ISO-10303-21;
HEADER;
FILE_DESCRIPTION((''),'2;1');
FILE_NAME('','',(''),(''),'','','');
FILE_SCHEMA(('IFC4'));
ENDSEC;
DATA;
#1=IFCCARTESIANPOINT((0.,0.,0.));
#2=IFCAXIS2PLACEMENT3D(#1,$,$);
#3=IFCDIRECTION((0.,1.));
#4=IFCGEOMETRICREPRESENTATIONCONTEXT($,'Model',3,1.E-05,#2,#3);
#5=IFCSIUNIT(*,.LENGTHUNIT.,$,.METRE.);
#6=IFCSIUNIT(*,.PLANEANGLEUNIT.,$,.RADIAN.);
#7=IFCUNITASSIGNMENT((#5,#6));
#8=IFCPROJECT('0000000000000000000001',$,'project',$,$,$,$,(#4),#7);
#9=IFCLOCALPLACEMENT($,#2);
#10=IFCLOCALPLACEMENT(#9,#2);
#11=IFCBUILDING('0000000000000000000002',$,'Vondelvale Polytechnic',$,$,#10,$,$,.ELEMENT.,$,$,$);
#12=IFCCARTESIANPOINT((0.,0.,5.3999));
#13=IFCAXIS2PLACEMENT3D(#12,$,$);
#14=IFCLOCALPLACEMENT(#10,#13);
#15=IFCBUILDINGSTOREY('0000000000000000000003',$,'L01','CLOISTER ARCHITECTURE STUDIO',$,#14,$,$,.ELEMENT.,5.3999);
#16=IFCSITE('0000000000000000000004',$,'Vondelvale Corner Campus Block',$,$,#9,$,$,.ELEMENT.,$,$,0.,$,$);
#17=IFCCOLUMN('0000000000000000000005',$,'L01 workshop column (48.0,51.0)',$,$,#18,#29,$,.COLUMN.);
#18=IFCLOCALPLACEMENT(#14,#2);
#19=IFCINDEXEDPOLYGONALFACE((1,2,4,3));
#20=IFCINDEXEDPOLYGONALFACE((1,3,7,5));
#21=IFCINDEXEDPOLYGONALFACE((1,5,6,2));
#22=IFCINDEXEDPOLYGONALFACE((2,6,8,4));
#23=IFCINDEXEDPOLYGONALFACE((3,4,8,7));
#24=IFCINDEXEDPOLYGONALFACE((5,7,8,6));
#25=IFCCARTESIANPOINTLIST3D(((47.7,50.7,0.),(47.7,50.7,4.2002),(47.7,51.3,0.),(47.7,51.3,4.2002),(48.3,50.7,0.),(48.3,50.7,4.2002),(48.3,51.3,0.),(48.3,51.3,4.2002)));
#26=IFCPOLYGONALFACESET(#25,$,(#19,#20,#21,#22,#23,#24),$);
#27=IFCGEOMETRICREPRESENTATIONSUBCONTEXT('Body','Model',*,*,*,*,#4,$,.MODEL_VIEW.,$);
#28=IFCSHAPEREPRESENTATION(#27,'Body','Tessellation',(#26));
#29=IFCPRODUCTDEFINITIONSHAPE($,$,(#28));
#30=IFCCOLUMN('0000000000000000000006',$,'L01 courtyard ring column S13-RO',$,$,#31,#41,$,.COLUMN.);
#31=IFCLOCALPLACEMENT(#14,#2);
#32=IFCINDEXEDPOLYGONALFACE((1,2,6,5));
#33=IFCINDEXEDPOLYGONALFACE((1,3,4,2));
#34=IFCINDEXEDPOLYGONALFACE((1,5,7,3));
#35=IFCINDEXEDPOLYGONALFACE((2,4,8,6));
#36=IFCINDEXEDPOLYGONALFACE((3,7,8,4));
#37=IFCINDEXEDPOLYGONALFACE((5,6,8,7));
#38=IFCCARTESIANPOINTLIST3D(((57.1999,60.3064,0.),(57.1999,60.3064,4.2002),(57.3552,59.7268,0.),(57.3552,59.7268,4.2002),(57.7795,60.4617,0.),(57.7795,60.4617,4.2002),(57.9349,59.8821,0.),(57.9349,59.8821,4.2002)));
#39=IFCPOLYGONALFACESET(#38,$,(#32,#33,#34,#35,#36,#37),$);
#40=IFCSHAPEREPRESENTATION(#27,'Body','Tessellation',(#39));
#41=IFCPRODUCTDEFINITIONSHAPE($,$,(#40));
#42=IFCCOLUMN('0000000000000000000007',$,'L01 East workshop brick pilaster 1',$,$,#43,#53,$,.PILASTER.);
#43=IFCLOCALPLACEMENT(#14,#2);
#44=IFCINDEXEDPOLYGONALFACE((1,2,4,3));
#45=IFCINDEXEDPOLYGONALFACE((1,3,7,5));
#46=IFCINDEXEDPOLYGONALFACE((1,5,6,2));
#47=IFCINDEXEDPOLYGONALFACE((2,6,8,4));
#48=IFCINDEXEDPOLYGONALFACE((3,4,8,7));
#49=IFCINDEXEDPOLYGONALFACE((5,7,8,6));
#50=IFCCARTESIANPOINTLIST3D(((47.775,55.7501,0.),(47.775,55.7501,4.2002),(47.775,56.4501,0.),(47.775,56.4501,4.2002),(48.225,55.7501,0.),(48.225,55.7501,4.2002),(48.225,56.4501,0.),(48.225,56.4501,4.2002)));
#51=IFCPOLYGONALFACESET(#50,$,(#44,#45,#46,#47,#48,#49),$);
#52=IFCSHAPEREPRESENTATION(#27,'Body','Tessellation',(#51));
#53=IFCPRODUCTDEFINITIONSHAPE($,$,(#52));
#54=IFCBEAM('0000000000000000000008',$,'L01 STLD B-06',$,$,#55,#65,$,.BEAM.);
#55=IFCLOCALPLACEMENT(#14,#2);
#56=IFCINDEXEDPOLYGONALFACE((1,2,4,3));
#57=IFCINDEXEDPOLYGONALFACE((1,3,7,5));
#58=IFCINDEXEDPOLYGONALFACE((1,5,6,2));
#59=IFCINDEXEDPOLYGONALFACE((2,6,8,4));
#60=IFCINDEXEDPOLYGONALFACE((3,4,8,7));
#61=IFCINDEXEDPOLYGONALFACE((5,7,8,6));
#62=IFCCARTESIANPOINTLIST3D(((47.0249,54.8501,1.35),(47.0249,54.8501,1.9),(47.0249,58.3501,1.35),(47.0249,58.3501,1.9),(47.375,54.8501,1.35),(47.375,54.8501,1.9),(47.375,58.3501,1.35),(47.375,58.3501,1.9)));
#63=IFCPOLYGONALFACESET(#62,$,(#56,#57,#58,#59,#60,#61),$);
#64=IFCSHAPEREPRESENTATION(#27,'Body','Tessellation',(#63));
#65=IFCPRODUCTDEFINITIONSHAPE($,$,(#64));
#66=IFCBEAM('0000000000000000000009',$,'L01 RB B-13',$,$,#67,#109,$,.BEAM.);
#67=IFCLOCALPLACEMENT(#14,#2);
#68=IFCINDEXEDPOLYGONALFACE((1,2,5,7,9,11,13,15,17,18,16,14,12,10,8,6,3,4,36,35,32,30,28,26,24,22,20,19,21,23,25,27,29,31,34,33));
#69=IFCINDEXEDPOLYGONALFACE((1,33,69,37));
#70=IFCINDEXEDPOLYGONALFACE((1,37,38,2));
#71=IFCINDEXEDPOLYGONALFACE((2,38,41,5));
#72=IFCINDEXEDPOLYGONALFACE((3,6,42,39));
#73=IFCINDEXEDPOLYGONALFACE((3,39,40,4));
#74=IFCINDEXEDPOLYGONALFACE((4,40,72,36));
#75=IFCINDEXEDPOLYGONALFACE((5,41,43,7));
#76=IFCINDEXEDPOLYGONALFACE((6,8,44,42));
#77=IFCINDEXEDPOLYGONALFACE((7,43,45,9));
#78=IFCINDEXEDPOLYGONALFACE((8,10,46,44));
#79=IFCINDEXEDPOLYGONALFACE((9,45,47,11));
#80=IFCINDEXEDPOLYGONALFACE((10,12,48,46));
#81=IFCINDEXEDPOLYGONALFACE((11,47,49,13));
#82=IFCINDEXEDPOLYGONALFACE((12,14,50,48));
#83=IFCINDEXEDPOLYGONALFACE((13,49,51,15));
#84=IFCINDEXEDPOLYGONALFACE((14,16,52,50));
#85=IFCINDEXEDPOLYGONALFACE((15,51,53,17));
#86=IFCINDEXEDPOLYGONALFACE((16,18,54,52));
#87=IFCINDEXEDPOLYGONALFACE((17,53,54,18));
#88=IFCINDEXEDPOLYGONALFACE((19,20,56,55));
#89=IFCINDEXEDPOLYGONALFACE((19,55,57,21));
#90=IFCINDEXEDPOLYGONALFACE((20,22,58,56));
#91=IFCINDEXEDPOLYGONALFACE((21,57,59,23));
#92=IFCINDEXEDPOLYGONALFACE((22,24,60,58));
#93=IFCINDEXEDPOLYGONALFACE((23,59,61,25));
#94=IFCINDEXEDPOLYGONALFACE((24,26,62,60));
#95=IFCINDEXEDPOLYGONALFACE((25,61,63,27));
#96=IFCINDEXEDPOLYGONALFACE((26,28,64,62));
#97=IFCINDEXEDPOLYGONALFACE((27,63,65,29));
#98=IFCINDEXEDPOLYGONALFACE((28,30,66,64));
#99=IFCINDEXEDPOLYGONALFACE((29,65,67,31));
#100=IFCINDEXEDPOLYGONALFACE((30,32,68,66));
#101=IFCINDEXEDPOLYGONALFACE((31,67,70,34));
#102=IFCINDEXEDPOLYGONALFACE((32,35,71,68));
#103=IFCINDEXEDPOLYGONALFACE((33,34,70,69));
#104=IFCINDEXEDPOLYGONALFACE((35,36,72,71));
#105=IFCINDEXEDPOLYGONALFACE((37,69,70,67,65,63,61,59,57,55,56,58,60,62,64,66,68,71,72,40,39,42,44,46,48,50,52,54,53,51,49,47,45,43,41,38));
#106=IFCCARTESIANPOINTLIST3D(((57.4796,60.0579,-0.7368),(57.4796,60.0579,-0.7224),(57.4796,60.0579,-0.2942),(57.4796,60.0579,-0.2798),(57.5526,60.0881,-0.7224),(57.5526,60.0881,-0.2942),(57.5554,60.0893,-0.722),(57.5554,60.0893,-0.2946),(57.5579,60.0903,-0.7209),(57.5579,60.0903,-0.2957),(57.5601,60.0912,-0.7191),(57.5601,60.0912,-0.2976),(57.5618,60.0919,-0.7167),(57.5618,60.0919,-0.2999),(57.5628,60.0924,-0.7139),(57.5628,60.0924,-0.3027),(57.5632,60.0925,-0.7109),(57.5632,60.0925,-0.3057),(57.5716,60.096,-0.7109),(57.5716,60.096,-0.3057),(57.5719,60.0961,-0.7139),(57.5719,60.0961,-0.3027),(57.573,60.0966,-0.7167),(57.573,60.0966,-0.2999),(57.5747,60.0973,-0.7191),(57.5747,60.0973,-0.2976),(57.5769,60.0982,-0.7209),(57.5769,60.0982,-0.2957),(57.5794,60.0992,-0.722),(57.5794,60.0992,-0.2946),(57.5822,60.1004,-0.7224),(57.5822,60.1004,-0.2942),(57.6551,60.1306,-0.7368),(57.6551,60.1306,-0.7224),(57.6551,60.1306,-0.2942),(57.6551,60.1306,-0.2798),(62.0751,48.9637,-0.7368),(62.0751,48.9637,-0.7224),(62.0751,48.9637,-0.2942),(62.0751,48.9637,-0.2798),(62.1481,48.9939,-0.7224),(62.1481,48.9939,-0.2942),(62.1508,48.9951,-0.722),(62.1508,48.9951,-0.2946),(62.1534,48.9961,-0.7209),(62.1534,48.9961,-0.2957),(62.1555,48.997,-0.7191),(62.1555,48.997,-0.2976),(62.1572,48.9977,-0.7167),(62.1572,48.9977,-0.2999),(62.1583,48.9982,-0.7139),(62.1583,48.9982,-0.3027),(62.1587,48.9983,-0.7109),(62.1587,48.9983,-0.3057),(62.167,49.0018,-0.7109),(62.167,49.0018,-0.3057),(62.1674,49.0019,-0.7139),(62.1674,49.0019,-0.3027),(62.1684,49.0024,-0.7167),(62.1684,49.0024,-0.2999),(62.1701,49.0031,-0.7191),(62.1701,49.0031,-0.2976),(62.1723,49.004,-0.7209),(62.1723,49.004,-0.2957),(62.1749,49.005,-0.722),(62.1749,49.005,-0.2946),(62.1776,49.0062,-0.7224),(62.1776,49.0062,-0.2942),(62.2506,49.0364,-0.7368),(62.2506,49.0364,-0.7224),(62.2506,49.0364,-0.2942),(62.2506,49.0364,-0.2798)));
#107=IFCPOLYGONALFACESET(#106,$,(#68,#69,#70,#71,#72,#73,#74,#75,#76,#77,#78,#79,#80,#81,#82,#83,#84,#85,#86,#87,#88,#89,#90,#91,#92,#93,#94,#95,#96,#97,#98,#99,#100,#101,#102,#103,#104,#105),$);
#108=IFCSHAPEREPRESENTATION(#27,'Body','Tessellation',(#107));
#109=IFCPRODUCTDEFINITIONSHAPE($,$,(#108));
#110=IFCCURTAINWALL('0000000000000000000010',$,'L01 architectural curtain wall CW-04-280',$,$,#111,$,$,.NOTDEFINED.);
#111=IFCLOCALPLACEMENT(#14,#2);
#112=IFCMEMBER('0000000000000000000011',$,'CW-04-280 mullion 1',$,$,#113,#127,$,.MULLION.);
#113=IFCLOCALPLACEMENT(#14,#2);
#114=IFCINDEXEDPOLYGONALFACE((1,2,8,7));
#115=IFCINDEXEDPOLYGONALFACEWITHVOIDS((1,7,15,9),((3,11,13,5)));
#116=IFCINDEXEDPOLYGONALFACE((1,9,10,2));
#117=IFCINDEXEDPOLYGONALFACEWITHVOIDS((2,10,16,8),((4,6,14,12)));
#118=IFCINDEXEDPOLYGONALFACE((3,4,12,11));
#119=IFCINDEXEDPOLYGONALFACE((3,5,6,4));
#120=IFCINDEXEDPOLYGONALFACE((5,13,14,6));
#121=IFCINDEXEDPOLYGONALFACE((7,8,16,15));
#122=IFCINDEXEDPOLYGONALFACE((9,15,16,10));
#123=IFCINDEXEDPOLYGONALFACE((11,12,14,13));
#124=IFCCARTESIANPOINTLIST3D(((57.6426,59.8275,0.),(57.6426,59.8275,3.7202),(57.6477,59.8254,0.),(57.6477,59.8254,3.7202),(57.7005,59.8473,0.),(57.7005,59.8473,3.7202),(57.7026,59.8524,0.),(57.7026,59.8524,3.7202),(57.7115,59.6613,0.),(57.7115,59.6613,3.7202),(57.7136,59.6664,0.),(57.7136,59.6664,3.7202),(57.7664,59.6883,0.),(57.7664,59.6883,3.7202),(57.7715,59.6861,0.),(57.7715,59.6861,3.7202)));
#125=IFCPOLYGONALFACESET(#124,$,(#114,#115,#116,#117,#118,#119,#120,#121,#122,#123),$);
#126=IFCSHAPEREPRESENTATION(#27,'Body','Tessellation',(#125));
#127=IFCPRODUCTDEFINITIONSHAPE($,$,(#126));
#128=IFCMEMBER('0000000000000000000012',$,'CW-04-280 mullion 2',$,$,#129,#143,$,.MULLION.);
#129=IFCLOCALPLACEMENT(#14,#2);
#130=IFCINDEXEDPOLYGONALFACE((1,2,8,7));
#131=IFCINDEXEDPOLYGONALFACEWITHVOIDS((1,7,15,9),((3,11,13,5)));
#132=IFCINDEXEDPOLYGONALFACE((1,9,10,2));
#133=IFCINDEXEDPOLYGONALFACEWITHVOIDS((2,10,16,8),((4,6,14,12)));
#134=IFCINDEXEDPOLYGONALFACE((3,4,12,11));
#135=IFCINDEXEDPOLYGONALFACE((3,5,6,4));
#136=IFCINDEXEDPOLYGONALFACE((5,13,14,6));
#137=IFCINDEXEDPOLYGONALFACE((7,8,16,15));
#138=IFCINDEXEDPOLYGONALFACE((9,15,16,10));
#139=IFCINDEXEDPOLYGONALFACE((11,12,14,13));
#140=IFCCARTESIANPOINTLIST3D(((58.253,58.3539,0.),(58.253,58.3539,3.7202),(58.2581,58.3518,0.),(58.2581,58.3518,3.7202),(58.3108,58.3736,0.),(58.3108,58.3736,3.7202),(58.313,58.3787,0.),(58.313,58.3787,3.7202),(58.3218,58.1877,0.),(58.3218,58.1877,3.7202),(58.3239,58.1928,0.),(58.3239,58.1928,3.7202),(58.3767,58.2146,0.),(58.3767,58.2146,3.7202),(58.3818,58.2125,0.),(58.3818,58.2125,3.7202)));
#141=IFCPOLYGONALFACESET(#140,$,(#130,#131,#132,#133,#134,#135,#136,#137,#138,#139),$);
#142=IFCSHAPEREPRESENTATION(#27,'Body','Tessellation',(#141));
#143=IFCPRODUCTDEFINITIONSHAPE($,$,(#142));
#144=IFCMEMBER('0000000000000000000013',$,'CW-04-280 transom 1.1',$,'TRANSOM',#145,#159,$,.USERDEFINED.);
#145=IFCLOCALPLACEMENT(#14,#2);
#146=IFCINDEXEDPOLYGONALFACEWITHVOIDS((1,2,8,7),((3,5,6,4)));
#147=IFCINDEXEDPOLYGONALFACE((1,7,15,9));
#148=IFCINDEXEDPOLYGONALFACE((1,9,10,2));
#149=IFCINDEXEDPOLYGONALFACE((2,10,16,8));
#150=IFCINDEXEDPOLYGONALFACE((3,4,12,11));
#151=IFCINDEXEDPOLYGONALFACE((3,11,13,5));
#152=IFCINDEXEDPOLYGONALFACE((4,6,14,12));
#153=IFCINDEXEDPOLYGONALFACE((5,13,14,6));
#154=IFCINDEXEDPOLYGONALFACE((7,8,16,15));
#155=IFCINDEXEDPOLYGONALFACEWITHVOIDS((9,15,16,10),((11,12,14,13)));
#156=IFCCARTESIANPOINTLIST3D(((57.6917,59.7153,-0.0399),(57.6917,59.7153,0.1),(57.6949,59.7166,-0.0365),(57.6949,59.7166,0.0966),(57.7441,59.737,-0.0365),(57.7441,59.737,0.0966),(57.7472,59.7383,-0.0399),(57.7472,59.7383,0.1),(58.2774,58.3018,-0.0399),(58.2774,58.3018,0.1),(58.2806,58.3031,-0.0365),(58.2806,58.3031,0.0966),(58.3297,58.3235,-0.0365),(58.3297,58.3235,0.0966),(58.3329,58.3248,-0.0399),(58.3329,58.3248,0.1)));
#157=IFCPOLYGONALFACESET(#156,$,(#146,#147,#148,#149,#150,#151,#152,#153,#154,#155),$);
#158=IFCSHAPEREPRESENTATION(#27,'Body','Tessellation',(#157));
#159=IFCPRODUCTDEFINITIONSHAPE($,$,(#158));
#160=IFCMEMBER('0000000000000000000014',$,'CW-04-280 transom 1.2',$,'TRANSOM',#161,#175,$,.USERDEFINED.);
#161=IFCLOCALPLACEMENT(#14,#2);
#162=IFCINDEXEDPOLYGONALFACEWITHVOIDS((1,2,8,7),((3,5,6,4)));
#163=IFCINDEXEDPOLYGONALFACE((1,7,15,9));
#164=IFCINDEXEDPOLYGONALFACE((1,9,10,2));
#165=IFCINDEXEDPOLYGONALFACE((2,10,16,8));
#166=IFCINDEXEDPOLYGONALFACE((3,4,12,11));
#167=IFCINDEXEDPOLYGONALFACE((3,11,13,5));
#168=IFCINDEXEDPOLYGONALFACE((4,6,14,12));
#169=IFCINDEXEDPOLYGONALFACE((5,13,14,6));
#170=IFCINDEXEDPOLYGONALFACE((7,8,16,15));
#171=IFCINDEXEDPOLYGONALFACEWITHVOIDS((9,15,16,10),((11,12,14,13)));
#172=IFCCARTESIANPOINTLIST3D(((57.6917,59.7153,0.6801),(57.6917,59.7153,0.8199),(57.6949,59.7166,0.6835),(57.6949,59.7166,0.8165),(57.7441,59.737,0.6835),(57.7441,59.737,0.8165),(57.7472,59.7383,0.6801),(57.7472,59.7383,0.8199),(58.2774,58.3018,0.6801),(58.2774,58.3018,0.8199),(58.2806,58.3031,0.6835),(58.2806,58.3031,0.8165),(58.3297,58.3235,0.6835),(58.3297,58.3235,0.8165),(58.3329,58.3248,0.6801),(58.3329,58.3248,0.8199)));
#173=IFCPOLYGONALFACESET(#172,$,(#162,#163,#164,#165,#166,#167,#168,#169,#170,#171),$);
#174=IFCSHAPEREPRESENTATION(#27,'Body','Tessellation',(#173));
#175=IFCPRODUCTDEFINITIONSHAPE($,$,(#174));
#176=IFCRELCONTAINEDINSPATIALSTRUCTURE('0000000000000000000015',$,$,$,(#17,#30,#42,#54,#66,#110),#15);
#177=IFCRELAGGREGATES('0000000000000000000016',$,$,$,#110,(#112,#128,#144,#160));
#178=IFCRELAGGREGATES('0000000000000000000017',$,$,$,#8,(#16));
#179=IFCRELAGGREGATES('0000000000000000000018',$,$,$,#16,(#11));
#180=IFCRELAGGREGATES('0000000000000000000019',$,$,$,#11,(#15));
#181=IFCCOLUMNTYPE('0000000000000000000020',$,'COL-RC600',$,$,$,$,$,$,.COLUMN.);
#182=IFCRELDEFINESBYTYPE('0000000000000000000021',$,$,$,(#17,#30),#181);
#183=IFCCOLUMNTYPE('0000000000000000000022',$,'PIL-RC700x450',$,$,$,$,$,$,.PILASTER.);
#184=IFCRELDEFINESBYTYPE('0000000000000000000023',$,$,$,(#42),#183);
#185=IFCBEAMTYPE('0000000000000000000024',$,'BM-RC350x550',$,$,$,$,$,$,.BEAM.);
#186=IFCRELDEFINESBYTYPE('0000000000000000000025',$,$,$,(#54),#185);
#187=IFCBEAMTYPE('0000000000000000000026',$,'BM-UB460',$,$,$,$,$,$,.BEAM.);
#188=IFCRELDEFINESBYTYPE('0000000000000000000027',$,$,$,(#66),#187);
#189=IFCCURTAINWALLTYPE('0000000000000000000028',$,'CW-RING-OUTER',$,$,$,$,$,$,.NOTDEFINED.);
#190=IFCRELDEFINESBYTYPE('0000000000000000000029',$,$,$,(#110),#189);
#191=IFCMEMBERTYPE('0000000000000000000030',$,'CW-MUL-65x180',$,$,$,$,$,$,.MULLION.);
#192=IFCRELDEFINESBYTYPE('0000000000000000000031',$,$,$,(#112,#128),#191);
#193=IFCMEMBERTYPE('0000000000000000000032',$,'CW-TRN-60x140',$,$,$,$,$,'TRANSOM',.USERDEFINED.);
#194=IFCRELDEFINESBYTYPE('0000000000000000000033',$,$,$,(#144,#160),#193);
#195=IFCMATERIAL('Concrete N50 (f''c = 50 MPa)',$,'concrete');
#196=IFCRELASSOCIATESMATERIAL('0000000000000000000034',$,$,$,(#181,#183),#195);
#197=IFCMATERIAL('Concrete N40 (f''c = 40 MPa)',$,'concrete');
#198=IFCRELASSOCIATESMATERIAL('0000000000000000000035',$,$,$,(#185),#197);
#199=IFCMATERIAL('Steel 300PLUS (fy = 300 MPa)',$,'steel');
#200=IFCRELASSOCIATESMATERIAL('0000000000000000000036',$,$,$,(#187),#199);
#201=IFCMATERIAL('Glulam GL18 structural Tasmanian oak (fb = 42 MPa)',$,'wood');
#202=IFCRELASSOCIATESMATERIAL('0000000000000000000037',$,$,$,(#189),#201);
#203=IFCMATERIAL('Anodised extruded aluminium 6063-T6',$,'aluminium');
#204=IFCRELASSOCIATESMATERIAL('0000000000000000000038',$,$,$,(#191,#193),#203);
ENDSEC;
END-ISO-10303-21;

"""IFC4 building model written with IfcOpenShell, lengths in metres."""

from ifc_helpers import new_model, si_unit, direction, frame, origin, origin_2d, place, context, subcontext, project, spatial, rectangle, hollow_rectangle, i_section, extrude, material, material_profile, profile_set, type_object, element, aggregate, save


model = new_model("IFC4")

# Units and contexts
model_context = context("Model", 3, precision=1e-05, world=origin(), true_north=direction((0.0, 1.0)))
body_context = subcontext(model_context, "Body", "Model", "MODEL_VIEW")
ifc_project = project(units=[si_unit("LENGTHUNIT", "METRE"), si_unit("PLANEANGLEUNIT", "RADIAN")], contexts=[model_context])

# Site, building, storey
site_placement = place(None, origin())
site = spatial("IfcSite", under=ifc_project, at=site_placement, Name="Vondelvale Corner Campus Block", CompositionType="ELEMENT", RefElevation=0.0)
building_placement = place(site_placement, origin())
building = spatial("IfcBuilding", under=site, at=building_placement, Name="Vondelvale Polytechnic", CompositionType="ELEMENT")
storey_placement = place(building_placement, frame((0.0, 0.0, 5.3999)))
storey = spatial("IfcBuildingStorey", under=building, at=storey_placement, Name="L01", Description="CLOISTER ARCHITECTURE STUDIO", CompositionType="ELEMENT", Elevation=5.3999)

# Columns
ifc_material_1 = material(Name="Concrete N50 (f'c = 50 MPa)", Category="concrete")
ifc_material_profile_1 = material_profile(ifc_material_1, rectangle(XDim=0.6001, YDim=0.6001, at=origin_2d()), Name="RC-COL-600x600")
ifc_profile_set_1 = profile_set([ifc_material_profile_1], Name="Concrete N50 (f'c = 50 MPa)")
column_type_1 = type_object("IfcColumnType", Name="COL-RC600", PredefinedType="COLUMN", material=ifc_profile_set_1)
for number, where, z_axis, x_axis, name in (
    (1, (48.0, 51.0, 0.0), (0.0, 0.0, 1.0), (1.0, 0.0, 0.0), "L01 workshop column (48.0,51.0)"),
    (2, (57.5674, 60.0942, 0.0), (0.0, 0.0, 1.0), (0.965926, 0.258819, 0.0), "L01 courtyard ring column S13-RO"),
):
    element("IfcColumn", number, at=place(storey_placement, frame(where, z_axis=z_axis, x_axis=x_axis)), inside=storey, type_object=column_type_1, Name=name, PredefinedType="COLUMN", context=body_context, shape_type="SweptSolid", body=[
        extrude(rectangle(XDim=0.6001, YDim=0.6001, at=origin_2d()), origin(), (0.0, 0.0, 1.0), 4.2002),
    ])
ifc_material_profile_2 = material_profile(ifc_material_1, rectangle(XDim=0.45, YDim=0.7, at=origin_2d()), Name="RC-PIL-700x450")
ifc_profile_set_2 = profile_set([ifc_material_profile_2], Name="Concrete N50 (f'c = 50 MPa)")
column_type_2 = type_object("IfcColumnType", Name="PIL-RC700x450", PredefinedType="PILASTER", material=ifc_profile_set_2)
column_placement = place(storey_placement, frame((48.0, 56.1001, 0.0), z_axis=(0.0, 0.0, 1.0), x_axis=(1.0, 0.0, 0.0)))
element("IfcColumn", 3, at=column_placement, inside=storey, type_object=column_type_2, Name="L01 East workshop brick pilaster 1", PredefinedType="PILASTER", context=body_context, shape_type="SweptSolid", body=[
    extrude(rectangle(XDim=0.45, YDim=0.7, at=origin_2d()), origin(), (0.0, 0.0, 1.0), 4.2002),
])

# Beams
ifc_material_2 = material(Name="Concrete N40 (f'c = 40 MPa)", Category="concrete")
ifc_material_profile_3 = material_profile(ifc_material_2, rectangle(XDim=0.3501, YDim=0.55, at=origin_2d()), Name="RC-BM-350x550")
ifc_profile_set_3 = profile_set([ifc_material_profile_3], Name="Concrete N40 (f'c = 40 MPa)")
beam_type_1 = type_object("IfcBeamType", Name="BM-RC350x550", PredefinedType="BEAM", material=ifc_profile_set_3)
beam_1_placement = place(storey_placement, frame((47.2, 54.8501, 1.625), z_axis=(0.0, 1.0, 0.0), x_axis=(-1.0, 0.0, 0.0)))
element("IfcBeam", 4, at=beam_1_placement, inside=storey, type_object=beam_type_1, Name="L01 STLD B-06", PredefinedType="BEAM", context=body_context, shape_type="SweptSolid", body=[
    extrude(rectangle(XDim=0.3501, YDim=0.55, at=origin_2d()), origin(), (0.0, 0.0, 1.0), 3.5),
])
ifc_material_3 = material(Name="Steel 300PLUS (fy = 300 MPa)", Category="steel")
ifc_material_profile_4 = material_profile(ifc_material_3, i_section(OverallWidth=0.1899, OverallDepth=0.457, WebThickness=0.009, FlangeThickness=0.0144, FilletRadius=0.0115, at=origin_2d()), Name="460UB74.6")
ifc_profile_set_4 = profile_set([ifc_material_profile_4], Name="Steel 300PLUS (fy = 300 MPa)")
beam_type_2 = type_object("IfcBeamType", Name="BM-UB460", PredefinedType="BEAM", material=ifc_profile_set_4)
beam_2_placement = place(storey_placement, frame((57.5674, 60.0942, -0.5083), z_axis=(0.382689, -0.923877, 0.0), x_axis=(0.923877, 0.382689, 0.0)))
element("IfcBeam", 5, at=beam_2_placement, inside=storey, type_object=beam_type_2, Name="L01 RB B-13", PredefinedType="BEAM", context=body_context, shape_type="SweptSolid", body=[
    extrude(i_section(OverallWidth=0.1899, OverallDepth=0.457, WebThickness=0.009, FlangeThickness=0.0144, FilletRadius=0.0115, at=origin_2d()), origin(), (0.0, 0.0, 1.0), 12.0083),
])

# Curtain wall, members
ifc_material_4 = material(Name="Glulam GL18 structural Tasmanian oak (fb = 42 MPa)", Category="wood")
curtain_wall_type = type_object("IfcCurtainWallType", Name="CW-RING-OUTER", PredefinedType="NOTDEFINED", material=ifc_material_4)
curtain_wall_placement = place(storey_placement, origin())
curtain_wall = element("IfcCurtainWall", 6, at=curtain_wall_placement, inside=storey, type_object=curtain_wall_type, Name="L01 architectural curtain wall CW-04-280", PredefinedType="NOTDEFINED")
ifc_material_5 = material(Name="Anodised extruded aluminium 6063-T6", Category="aluminium")
ifc_material_profile_5 = material_profile(ifc_material_5, hollow_rectangle(XDim=0.0649, YDim=0.1799, WallThickness=0.0039, at=origin_2d()), Name="CW-MUL-180x65")
ifc_profile_set_5 = profile_set([ifc_material_profile_5], Name="Anodised extruded aluminium 6063-T6")
member_type_1 = type_object("IfcMemberType", Name="CW-MUL-65x180", PredefinedType="MULLION", material=ifc_profile_set_5)
member_1_placement = place(storey_placement, frame((57.707, 59.7568, 0.0), z_axis=(0.0, 0.0, 1.0), x_axis=(0.923882, 0.382677, 0.0)))
member_1 = element("IfcMember", 7, at=member_1_placement, type_object=member_type_1, Name="CW-04-280 mullion 1", PredefinedType="MULLION", context=body_context, shape_type="SweptSolid", body=[
    extrude(hollow_rectangle(XDim=0.0649, YDim=0.1799, WallThickness=0.0039, at=origin_2d()), origin(), (0.0, 0.0, 1.0), 3.7202),
])
member_2_placement = place(storey_placement, frame((58.3174, 58.2832, 0.0), z_axis=(0.0, 0.0, 1.0), x_axis=(0.923882, 0.382677, 0.0)))
member_2 = element("IfcMember", 8, at=member_2_placement, type_object=member_type_1, Name="CW-04-280 mullion 2", PredefinedType="MULLION", context=body_context, shape_type="SweptSolid", body=[
    extrude(hollow_rectangle(XDim=0.0649, YDim=0.1799, WallThickness=0.0039, at=origin_2d()), origin(), (0.0, 0.0, 1.0), 3.7202),
])
ifc_material_profile_6 = material_profile(ifc_material_5, hollow_rectangle(XDim=0.0601, YDim=0.1399, WallThickness=0.0034, at=origin_2d()), Name="CW-TRN-140x60")
ifc_profile_set_6 = profile_set([ifc_material_profile_6], Name="Anodised extruded aluminium 6063-T6")
member_type_2 = type_object("IfcMemberType", Name="CW-TRN-60x140", ElementType="TRANSOM", PredefinedType="USERDEFINED", material=ifc_profile_set_6)
member_3_placement = place(storey_placement, frame((57.7195, 59.7268, 0.03), z_axis=(0.382779, -0.92384, 0.0), x_axis=(0.92384, 0.382779, 0.0)))
member_3 = element("IfcMember", 9, at=member_3_placement, type_object=member_type_2, Name="CW-04-280 transom 1.1", ObjectType="TRANSOM", PredefinedType="USERDEFINED", context=body_context, shape_type="SweptSolid", body=[
    extrude(hollow_rectangle(XDim=0.0601, YDim=0.1399, WallThickness=0.0034, at=origin_2d()), origin(), (0.0, 0.0, 1.0), 1.53),
])
member_4_placement = place(storey_placement, frame((57.7195, 59.7268, 0.75), z_axis=(0.382779, -0.92384, 0.0), x_axis=(0.92384, 0.382779, 0.0)))
member_4 = element("IfcMember", 10, at=member_4_placement, type_object=member_type_2, Name="CW-04-280 transom 1.2", ObjectType="TRANSOM", PredefinedType="USERDEFINED", context=body_context, shape_type="SweptSolid", body=[
    extrude(hollow_rectangle(XDim=0.0601, YDim=0.1399, WallThickness=0.0034, at=origin_2d()), origin(), (0.0, 0.0, 1.0), 1.53),
])

aggregate(curtain_wall, [member_1, member_2, member_3, member_4])

save(model, "model.ifc")
